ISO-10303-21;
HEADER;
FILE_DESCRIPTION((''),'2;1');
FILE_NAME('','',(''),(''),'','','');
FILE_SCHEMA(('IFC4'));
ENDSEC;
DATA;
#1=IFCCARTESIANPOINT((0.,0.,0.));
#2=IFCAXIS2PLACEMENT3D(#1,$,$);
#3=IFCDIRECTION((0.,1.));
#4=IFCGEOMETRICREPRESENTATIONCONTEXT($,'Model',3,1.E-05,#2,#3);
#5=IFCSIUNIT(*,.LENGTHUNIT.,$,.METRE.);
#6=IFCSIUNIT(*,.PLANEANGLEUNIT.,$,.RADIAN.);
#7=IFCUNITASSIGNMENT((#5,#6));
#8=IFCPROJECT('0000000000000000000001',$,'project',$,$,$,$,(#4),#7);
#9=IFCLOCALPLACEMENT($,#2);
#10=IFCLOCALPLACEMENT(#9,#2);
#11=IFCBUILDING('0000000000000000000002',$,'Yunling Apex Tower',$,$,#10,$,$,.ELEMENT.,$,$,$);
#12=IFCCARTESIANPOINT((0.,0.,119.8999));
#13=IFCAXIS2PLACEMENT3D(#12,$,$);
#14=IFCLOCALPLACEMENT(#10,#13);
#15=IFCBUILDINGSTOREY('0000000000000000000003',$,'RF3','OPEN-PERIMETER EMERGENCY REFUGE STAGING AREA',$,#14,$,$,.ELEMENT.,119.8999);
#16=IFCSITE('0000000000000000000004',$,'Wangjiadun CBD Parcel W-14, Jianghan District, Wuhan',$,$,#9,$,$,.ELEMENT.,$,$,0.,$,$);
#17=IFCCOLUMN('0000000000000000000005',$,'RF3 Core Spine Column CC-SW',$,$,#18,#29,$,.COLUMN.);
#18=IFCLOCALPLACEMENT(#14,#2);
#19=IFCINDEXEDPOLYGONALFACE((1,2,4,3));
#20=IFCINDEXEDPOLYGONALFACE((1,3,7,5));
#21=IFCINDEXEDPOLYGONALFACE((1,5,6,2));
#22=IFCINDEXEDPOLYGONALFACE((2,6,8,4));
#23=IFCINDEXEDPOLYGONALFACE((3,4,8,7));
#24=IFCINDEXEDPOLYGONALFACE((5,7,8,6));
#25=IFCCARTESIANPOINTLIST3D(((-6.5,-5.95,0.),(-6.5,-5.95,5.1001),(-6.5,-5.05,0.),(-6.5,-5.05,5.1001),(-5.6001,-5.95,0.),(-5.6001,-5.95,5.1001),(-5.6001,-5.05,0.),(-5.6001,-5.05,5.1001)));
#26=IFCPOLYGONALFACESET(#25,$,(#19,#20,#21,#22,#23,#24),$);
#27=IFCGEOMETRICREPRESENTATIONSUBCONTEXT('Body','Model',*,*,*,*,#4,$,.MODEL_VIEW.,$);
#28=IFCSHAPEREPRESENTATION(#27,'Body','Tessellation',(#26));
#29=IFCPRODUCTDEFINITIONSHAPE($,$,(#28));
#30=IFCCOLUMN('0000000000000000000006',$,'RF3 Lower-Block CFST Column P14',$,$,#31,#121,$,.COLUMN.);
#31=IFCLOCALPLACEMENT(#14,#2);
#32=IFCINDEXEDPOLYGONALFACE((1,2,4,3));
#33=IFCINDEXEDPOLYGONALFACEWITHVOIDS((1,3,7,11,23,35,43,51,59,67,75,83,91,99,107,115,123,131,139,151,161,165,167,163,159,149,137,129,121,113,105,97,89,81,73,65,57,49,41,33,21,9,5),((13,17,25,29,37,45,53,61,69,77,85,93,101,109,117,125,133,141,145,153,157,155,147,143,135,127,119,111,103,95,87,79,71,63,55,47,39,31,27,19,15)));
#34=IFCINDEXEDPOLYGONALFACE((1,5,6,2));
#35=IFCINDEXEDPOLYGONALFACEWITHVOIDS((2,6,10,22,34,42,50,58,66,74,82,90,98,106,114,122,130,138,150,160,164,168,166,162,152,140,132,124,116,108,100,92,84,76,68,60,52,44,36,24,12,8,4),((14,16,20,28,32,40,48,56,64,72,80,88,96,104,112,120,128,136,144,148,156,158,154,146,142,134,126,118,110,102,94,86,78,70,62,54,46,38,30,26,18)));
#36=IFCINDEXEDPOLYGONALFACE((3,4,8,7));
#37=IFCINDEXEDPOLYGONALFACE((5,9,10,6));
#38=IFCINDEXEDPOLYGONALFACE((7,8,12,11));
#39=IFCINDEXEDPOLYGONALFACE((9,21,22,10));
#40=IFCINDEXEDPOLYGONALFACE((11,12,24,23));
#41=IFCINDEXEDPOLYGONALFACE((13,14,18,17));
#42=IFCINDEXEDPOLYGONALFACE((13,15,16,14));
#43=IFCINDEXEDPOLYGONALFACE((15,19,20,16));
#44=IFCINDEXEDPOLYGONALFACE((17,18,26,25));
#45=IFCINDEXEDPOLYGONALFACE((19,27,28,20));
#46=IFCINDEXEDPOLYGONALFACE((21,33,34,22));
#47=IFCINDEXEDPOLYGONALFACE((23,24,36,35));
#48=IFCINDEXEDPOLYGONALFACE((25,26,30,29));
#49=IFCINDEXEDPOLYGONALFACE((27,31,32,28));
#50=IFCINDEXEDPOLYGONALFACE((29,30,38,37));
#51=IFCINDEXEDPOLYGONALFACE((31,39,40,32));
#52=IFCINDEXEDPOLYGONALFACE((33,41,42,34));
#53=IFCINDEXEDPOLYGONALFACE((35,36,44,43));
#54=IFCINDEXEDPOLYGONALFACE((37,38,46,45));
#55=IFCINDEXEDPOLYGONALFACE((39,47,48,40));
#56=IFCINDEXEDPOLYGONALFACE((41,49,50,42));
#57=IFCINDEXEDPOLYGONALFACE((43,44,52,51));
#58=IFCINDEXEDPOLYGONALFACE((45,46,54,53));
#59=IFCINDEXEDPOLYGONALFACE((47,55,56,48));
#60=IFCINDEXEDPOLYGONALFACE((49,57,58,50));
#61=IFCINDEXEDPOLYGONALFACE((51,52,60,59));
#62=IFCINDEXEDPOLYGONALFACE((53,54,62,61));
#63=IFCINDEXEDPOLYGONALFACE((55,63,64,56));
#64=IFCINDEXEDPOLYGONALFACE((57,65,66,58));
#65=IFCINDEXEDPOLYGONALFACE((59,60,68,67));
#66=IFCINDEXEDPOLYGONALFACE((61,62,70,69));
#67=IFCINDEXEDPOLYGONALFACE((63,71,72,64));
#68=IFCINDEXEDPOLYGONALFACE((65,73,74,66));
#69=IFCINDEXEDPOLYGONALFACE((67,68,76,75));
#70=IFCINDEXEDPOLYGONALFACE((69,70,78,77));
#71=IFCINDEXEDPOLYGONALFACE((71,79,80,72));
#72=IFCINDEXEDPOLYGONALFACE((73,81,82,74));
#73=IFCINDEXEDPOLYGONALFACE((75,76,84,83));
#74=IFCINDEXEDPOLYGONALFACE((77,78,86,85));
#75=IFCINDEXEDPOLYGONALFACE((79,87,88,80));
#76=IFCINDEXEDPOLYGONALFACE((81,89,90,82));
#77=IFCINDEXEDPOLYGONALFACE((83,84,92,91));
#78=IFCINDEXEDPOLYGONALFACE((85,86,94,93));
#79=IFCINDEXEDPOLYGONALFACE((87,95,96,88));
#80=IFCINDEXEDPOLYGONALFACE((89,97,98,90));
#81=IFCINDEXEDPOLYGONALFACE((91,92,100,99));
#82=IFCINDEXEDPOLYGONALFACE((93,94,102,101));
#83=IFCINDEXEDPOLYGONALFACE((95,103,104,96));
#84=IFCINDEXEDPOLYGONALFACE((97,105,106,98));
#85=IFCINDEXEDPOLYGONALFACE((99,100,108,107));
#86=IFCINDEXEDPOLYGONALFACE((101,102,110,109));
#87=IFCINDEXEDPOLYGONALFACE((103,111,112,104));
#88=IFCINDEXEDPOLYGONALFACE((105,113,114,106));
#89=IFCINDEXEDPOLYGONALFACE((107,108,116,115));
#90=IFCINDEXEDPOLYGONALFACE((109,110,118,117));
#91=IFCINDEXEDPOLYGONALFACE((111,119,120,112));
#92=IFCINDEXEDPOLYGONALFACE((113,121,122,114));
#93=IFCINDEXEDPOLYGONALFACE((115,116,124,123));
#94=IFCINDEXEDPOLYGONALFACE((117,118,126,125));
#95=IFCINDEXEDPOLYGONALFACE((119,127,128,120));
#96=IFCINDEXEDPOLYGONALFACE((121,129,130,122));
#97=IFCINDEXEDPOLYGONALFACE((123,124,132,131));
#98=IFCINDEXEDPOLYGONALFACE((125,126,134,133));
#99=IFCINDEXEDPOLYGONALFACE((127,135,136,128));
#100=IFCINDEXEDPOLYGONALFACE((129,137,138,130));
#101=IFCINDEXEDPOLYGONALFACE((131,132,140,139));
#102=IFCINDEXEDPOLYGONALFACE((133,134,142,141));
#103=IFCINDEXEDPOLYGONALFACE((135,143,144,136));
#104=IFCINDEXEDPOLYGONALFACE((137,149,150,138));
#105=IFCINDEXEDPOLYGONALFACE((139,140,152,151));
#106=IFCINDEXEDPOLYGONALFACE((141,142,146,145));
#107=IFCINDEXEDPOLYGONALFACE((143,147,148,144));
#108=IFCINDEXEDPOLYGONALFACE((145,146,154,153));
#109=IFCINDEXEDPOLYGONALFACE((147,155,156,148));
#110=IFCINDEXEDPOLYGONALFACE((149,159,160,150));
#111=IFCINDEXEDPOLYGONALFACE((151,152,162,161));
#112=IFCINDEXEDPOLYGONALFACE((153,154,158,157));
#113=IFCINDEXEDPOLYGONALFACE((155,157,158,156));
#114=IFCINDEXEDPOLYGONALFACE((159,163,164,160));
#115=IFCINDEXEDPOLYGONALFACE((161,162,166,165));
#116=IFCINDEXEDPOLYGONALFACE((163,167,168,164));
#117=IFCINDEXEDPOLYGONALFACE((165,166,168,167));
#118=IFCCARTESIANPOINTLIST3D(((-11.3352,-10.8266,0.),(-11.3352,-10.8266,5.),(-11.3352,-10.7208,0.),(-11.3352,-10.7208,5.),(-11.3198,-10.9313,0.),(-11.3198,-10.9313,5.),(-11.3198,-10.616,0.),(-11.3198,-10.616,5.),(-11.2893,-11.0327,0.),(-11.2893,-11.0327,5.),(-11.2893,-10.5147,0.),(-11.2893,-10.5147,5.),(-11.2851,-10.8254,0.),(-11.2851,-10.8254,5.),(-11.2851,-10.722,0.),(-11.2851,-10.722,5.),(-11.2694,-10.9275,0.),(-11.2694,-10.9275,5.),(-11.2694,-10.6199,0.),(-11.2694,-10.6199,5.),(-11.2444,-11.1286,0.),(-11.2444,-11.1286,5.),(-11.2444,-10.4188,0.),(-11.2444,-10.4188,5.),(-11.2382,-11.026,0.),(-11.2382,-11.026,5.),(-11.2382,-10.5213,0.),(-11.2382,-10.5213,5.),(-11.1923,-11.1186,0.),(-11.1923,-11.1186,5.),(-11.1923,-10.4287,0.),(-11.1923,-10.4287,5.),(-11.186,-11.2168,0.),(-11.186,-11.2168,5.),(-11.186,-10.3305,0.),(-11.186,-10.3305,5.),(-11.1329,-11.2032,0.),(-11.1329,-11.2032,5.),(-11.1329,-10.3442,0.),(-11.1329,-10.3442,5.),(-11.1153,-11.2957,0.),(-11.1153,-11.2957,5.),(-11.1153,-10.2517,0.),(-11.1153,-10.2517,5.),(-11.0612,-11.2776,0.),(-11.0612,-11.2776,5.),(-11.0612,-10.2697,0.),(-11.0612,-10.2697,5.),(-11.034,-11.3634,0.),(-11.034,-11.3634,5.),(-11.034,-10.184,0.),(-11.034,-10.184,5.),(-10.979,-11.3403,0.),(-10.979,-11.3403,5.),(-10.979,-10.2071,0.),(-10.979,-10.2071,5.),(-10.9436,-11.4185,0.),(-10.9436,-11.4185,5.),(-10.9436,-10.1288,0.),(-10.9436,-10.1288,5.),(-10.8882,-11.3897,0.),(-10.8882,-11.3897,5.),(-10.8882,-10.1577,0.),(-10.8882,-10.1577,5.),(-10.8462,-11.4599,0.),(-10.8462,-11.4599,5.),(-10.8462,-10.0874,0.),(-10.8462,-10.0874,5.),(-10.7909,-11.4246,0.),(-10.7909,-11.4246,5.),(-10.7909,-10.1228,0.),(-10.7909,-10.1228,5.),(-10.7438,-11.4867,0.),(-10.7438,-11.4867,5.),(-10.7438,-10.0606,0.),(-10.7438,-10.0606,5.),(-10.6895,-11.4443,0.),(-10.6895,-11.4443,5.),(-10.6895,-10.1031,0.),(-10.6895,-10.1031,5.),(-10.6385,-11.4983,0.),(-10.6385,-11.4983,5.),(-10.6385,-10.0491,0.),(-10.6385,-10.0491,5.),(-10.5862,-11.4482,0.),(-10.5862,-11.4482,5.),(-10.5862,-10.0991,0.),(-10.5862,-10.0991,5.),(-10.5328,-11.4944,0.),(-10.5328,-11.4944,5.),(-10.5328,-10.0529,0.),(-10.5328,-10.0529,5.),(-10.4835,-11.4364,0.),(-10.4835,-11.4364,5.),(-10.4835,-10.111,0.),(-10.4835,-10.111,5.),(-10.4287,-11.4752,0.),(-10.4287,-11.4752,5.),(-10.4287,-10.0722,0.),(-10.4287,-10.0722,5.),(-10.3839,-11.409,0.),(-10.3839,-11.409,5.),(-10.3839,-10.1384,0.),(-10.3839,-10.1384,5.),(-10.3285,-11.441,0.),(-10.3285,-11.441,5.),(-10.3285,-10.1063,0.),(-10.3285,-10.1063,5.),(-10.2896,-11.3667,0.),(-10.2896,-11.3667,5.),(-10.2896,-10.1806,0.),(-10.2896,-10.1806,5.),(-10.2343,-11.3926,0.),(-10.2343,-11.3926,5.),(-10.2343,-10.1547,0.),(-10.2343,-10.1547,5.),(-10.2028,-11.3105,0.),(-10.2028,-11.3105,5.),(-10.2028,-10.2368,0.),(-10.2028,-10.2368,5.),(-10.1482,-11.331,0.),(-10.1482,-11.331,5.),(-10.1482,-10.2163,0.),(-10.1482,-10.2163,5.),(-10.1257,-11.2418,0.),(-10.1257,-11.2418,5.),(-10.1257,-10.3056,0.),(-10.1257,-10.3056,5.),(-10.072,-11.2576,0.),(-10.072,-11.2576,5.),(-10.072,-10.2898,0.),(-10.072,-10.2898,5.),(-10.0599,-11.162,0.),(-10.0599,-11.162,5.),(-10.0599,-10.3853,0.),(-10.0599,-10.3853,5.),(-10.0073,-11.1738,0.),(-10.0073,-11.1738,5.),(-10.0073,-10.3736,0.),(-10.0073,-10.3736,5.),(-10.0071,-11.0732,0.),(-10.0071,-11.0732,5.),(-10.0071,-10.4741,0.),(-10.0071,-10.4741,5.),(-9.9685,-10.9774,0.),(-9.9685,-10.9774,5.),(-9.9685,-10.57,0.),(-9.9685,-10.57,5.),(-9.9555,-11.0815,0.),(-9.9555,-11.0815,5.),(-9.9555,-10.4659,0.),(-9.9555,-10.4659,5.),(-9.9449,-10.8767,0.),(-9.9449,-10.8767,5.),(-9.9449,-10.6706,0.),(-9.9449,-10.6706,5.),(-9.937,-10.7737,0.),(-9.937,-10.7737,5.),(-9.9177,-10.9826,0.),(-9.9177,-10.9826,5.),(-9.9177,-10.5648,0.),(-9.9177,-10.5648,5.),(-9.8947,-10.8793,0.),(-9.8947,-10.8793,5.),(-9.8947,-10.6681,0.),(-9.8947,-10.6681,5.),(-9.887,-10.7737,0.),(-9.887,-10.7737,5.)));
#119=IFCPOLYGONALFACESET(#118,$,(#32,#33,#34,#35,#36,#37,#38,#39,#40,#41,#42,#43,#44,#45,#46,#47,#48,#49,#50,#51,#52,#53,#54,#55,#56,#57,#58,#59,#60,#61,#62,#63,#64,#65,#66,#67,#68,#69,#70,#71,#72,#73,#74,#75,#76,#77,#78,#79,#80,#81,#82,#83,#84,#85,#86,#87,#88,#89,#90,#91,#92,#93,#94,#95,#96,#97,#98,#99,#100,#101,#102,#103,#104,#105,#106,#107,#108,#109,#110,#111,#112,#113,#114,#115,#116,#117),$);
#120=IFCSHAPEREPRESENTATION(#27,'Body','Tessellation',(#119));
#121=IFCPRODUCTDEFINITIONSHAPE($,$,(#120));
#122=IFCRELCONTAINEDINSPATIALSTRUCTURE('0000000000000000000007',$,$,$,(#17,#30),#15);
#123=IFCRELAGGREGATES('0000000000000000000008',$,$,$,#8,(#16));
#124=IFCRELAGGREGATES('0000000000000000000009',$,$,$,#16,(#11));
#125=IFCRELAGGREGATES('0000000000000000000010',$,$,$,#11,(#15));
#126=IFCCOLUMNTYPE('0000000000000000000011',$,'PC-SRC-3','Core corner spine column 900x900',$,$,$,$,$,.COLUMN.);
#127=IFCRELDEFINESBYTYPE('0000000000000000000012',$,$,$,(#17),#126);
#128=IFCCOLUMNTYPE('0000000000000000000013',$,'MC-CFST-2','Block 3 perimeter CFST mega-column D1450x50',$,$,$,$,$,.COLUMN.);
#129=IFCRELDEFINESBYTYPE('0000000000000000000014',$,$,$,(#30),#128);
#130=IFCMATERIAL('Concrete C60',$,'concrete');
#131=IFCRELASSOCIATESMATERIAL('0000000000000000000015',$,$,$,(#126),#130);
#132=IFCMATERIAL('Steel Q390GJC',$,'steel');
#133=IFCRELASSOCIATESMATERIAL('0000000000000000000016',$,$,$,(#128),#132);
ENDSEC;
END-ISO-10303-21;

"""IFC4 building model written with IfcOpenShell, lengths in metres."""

from ifc_helpers import new_model, si_unit, direction, frame, origin, origin_2d, place, context, subcontext, project, spatial, rectangle, hollow_circle, extrude, source, transform, mapped, material, material_profile, profile_set, type_object, element, save


model = new_model("IFC4")

# Units and contexts
model_context = context("Model", 3, precision=1e-05, world=origin(), true_north=direction((0.0, 1.0)))
body_context = subcontext(model_context, "Body", "Model", "MODEL_VIEW")
ifc_project = project(units=[si_unit("LENGTHUNIT", "METRE"), si_unit("PLANEANGLEUNIT", "RADIAN")], contexts=[model_context])

# Site, building, storey
site_placement = place(None, origin())
site = spatial("IfcSite", under=ifc_project, at=site_placement, Name="Wangjiadun CBD Parcel W-14, Jianghan District, Wuhan", CompositionType="ELEMENT", RefElevation=0.0)
building_placement = place(site_placement, origin())
building = spatial("IfcBuilding", under=site, at=building_placement, Name="Yunling Apex Tower", CompositionType="ELEMENT")
storey_placement = place(building_placement, frame((0.0, 0.0, 119.8999)))
storey = spatial("IfcBuildingStorey", under=building, at=storey_placement, Name="RF3", Description="OPEN-PERIMETER EMERGENCY REFUGE STAGING AREA", CompositionType="ELEMENT", Elevation=119.8999)

# Columns
ifc_material_1 = material(Name="Concrete C60", Category="concrete")
ifc_material_profile_1 = material_profile(ifc_material_1, rectangle(XDim=0.8999, YDim=0.8999, at=origin_2d()))
ifc_profile_set_1 = profile_set([ifc_material_profile_1], Name="Concrete C60")
column_type_1 = type_object("IfcColumnType", Name="PC-SRC-3", Description="Core corner spine column 900x900", PredefinedType="COLUMN", material=ifc_profile_set_1)
shared_shape_1 = source(origin(), body_context, "Body", "SweptSolid", [
    extrude(rectangle(XDim=0.8999, YDim=0.8999, at=origin_2d()), origin(), (0.0, 0.0, 1.0), 5.1001),
])
column_placement = place(storey_placement, frame((-6.05, -5.5, 0.0), z_axis=(0.0, 0.0, 1.0), x_axis=(1.0, 0.0, 0.0)))
element("IfcColumn", 1, at=column_placement, inside=storey, type_object=column_type_1, Name="RF3 Core Spine Column CC-SW", PredefinedType="COLUMN", context=body_context, shape_type="MappedRepresentation", body=[
    mapped(shared_shape_1, transform((0.0, 0.0, 0.0), scale=1.0)),
])
ifc_material_2 = material(Name="Steel Q390GJC", Category="steel")
ifc_material_profile_2 = material_profile(ifc_material_2, hollow_circle(Radius=0.7251, WallThickness=0.05, at=origin_2d()))
ifc_profile_set_2 = profile_set([ifc_material_profile_2], Name="Steel Q390GJC")
column_type_2 = type_object("IfcColumnType", Name="MC-CFST-2", Description="Block 3 perimeter CFST mega-column D1450x50", PredefinedType="COLUMN", material=ifc_profile_set_2)
shared_shape_2 = source(origin(), body_context, "Body", "SweptSolid", [
    extrude(hollow_circle(Radius=0.7251, WallThickness=0.05, at=origin_2d()), origin(), (0.0, 0.0, 1.0), 5.0),
])
for number, where, z_axis, x_axis, name in (
    (2, (-10.6121, -10.7737, 0.0), (0.0, 0.0, 1.0), (1.0, 0.0, 0.0), "RF3 Lower-Block CFST Column P14"),
):
    element("IfcColumn", number, at=place(storey_placement, frame(where, z_axis=z_axis, x_axis=x_axis)), inside=storey, type_object=column_type_2, Name=name, PredefinedType="COLUMN", context=body_context, shape_type="MappedRepresentation", body=[
        mapped(shared_shape_2, transform((0.0, 0.0, 0.0), scale=1.0)),
    ])

save(model, "model.ifc")
